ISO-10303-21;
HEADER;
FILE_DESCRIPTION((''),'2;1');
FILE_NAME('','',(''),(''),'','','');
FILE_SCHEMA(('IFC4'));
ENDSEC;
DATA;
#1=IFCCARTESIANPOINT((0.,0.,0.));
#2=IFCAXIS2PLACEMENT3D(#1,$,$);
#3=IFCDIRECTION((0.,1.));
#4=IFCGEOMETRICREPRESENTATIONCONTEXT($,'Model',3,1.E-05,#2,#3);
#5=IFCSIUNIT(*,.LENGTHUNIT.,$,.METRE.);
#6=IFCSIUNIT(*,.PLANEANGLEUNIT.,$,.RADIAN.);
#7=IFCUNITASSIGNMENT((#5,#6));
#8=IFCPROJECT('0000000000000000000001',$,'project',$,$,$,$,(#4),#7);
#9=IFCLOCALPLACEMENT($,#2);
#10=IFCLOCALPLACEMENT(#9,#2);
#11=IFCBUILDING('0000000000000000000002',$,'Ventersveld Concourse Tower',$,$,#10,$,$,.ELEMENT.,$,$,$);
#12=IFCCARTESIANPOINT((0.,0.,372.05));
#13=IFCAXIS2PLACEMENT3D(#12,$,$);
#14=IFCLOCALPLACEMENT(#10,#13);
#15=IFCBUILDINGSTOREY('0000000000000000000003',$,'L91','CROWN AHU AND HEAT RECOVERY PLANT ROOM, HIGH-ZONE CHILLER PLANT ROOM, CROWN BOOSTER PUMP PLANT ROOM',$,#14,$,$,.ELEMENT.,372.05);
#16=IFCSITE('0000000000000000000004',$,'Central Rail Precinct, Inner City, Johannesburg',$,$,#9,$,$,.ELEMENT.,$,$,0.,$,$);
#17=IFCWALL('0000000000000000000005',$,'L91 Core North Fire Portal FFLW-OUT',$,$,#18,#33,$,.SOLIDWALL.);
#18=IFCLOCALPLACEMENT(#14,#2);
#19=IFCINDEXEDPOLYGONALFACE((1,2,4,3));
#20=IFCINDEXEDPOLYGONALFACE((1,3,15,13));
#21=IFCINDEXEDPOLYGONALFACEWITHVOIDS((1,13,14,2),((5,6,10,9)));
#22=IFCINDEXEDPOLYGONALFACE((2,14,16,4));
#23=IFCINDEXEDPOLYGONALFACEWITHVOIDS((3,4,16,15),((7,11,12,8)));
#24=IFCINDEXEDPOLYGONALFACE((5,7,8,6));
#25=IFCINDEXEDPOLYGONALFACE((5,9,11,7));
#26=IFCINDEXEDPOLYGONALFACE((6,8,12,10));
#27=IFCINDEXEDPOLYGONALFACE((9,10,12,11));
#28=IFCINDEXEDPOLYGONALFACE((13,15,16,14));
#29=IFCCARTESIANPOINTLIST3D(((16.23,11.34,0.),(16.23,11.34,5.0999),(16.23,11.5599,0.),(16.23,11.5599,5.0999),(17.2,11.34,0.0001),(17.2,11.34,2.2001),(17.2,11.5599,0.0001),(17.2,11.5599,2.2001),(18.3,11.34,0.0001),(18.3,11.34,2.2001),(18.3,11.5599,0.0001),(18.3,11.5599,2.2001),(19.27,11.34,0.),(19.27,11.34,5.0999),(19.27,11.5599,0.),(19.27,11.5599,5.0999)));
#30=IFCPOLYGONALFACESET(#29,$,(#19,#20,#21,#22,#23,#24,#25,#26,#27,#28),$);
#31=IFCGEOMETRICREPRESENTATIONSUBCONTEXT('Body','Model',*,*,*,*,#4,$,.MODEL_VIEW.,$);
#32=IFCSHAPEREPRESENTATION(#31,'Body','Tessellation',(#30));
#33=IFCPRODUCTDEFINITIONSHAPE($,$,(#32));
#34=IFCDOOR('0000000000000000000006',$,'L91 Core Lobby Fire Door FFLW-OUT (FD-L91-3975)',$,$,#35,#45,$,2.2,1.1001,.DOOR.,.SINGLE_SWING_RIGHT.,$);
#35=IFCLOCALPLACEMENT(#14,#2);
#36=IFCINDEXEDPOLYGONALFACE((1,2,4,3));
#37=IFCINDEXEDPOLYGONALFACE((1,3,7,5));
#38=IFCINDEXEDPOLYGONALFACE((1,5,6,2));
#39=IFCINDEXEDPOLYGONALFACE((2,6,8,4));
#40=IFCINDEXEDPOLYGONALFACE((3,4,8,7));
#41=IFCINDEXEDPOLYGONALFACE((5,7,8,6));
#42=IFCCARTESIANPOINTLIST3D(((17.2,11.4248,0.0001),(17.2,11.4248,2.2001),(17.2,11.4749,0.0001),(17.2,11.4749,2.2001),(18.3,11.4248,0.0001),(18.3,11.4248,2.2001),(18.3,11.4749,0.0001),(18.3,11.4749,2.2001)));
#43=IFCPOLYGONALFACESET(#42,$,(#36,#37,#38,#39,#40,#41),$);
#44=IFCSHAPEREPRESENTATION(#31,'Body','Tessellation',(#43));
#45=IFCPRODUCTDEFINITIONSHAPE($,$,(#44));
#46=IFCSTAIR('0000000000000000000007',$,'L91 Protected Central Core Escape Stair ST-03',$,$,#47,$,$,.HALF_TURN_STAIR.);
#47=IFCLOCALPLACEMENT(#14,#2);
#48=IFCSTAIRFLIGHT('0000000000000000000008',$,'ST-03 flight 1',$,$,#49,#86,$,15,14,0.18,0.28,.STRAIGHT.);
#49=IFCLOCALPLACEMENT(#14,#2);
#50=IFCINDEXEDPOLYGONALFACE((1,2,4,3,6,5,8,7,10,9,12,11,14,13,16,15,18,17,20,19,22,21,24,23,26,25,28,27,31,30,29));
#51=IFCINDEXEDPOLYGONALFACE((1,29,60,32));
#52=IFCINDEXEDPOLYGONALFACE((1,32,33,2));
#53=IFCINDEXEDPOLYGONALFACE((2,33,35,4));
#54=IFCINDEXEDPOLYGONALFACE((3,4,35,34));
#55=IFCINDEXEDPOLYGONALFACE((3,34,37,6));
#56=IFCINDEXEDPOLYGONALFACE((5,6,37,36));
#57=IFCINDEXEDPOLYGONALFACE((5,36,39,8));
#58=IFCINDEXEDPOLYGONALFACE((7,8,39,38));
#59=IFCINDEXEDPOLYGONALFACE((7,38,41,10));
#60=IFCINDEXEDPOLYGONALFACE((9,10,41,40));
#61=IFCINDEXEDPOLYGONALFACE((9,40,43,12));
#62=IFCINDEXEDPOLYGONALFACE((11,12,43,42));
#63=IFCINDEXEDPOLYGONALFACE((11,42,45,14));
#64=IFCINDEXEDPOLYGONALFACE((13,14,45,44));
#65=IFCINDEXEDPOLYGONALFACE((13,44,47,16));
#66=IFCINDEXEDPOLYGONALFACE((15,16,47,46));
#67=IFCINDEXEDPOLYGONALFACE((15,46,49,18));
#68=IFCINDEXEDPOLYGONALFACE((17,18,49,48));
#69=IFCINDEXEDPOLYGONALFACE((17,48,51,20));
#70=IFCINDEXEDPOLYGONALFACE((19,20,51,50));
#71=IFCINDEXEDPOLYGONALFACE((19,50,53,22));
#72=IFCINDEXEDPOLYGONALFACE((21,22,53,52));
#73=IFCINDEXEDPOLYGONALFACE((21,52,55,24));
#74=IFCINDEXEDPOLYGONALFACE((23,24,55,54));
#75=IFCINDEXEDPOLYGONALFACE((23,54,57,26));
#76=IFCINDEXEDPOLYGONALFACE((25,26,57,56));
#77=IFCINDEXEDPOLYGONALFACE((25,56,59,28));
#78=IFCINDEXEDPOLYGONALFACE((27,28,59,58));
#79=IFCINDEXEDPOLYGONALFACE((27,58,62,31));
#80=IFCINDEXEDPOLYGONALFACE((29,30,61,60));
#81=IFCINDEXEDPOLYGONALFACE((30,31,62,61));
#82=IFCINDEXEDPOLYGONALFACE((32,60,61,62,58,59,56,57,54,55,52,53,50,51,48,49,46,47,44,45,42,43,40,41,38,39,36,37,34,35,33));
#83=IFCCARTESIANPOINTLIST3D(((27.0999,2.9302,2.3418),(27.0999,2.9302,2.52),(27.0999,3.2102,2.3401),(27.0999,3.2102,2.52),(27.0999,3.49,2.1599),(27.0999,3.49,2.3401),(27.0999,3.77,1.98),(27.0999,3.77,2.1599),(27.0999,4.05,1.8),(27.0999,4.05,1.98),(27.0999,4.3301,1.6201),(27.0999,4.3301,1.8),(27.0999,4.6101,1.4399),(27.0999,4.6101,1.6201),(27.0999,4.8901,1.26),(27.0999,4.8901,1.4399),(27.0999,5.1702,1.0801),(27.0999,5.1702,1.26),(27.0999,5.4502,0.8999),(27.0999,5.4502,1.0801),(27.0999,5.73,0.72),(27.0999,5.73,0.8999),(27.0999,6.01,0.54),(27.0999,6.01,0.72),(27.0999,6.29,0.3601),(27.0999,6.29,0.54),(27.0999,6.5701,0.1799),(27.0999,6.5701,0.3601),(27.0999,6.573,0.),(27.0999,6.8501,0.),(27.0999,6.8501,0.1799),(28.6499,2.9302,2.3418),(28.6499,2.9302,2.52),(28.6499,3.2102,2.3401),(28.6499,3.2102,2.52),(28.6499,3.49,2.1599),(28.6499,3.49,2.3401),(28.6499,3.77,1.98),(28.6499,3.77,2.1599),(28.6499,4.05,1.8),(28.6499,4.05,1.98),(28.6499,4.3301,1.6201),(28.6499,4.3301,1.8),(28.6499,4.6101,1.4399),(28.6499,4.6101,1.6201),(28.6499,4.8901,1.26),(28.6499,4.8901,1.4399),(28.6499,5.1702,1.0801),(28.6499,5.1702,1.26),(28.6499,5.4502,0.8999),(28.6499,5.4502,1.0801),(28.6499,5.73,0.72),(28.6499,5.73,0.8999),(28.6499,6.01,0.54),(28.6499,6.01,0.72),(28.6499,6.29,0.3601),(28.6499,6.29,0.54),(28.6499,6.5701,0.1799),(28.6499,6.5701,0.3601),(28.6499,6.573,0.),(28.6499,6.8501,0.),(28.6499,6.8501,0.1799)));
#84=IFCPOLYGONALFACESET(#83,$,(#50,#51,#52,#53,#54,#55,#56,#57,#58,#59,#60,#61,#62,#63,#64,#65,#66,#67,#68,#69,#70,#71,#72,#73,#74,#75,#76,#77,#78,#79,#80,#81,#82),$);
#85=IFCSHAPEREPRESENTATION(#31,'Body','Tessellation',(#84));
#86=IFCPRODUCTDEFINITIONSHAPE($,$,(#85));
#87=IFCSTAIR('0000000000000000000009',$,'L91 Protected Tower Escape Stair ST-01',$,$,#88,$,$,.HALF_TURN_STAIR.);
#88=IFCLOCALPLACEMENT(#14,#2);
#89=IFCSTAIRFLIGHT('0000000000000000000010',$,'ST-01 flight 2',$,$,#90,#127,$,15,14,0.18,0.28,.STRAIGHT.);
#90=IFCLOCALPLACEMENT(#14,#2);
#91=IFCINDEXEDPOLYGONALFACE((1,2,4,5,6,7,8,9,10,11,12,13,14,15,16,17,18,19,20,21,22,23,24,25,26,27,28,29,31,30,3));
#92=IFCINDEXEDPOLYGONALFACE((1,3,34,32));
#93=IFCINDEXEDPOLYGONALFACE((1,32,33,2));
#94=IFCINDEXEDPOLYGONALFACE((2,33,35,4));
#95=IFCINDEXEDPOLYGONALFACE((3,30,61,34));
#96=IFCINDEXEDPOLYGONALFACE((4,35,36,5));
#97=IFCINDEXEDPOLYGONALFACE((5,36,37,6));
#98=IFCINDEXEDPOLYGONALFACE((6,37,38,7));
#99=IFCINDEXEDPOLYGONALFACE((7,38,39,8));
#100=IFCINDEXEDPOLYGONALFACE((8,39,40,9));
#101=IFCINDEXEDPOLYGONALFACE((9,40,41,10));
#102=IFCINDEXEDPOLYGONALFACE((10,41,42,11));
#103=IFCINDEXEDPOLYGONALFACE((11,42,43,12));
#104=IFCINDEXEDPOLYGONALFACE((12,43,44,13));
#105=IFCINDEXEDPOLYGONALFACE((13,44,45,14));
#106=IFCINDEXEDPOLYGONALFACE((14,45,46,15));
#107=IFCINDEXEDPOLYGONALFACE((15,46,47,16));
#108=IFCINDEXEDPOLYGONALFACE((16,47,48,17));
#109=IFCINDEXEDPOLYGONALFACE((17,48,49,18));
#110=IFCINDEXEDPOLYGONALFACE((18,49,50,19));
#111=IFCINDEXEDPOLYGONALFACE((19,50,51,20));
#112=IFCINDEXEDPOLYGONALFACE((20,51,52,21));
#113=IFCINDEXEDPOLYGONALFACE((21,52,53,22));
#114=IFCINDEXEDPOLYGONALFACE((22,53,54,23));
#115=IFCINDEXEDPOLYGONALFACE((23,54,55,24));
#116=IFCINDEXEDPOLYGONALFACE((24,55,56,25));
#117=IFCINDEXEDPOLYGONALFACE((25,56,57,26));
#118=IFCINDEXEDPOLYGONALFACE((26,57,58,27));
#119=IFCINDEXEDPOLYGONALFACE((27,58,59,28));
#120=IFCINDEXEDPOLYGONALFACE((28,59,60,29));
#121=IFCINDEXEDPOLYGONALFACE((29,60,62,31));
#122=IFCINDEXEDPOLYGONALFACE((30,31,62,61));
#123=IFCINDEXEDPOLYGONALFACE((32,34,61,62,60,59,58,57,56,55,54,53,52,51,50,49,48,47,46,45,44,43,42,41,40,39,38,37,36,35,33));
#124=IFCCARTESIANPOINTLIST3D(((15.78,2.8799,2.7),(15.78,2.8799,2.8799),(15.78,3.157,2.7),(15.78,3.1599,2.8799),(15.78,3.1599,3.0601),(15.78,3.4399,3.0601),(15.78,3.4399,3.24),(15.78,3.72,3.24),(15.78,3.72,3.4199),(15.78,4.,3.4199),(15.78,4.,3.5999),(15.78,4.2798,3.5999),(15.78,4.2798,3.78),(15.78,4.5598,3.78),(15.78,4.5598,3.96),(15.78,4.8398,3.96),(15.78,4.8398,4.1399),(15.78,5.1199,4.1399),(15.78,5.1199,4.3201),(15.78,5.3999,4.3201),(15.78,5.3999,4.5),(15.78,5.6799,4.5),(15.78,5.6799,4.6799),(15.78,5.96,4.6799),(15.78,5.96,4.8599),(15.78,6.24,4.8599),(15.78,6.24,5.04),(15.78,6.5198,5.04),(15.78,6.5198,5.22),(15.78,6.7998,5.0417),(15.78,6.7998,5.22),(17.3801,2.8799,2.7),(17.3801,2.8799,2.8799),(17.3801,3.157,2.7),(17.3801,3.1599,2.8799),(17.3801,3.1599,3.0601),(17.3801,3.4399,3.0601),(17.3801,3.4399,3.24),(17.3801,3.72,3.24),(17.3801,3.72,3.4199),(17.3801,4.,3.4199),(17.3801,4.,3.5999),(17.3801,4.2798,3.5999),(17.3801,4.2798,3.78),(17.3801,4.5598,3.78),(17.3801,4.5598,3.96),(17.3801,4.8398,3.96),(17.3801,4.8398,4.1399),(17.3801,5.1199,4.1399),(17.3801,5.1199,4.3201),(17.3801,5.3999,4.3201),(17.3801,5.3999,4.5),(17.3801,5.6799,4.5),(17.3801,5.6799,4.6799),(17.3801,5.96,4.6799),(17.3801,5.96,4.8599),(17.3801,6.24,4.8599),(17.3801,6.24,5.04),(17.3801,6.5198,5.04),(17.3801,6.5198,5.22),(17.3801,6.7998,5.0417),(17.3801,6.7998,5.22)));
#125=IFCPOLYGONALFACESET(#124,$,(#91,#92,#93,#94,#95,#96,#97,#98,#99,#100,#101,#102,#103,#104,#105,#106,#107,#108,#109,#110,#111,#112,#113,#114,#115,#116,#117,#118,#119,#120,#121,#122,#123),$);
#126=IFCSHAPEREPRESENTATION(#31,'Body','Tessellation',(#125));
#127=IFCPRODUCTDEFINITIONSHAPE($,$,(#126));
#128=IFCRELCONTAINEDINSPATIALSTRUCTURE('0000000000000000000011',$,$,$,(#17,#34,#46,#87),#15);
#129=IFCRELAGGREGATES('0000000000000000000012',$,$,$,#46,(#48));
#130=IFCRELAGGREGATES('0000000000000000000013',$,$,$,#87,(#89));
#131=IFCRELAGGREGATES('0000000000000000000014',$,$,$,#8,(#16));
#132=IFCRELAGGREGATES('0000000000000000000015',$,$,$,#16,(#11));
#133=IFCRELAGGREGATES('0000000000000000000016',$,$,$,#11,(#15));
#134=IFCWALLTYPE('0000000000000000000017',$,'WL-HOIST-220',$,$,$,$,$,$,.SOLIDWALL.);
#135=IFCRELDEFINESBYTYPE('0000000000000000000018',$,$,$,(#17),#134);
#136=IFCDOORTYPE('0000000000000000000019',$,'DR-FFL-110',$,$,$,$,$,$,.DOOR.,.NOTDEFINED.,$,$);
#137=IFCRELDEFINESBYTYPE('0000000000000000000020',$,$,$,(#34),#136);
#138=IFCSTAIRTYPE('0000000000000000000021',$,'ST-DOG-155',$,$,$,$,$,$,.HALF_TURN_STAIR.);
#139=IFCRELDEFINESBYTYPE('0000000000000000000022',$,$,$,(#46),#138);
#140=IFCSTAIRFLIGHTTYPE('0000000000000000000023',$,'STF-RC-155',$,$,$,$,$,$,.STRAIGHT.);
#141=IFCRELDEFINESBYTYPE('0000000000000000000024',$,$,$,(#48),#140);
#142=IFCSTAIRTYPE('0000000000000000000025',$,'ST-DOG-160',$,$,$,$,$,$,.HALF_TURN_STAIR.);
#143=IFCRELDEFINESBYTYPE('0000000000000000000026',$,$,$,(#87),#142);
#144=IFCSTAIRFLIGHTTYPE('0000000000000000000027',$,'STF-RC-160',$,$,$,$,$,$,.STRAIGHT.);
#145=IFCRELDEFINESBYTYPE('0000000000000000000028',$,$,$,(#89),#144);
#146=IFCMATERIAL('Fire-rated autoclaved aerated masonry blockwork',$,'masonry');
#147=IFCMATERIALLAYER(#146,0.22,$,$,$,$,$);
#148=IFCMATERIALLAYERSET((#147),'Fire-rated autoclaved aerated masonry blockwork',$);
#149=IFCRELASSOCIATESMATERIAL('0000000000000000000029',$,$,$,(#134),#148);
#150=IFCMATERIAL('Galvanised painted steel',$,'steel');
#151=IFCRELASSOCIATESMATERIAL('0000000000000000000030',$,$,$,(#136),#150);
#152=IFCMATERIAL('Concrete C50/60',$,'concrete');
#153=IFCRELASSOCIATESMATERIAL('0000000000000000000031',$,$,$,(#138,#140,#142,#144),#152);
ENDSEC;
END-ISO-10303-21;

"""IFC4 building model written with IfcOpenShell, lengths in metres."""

from ifc_helpers import new_model, si_unit, direction, frame, frame_2d, origin, place, context, subcontext, project, spatial, polyline, rectangle, outline, extrude, material, layer, layer_set, type_object, element, fill, aggregate, save


model = new_model("IFC4")

# Units and contexts
model_context = context("Model", 3, precision=1e-05, world=origin(), true_north=direction((0.0, 1.0)))
body_context = subcontext(model_context, "Body", "Model", "MODEL_VIEW")
ifc_project = project(units=[si_unit("LENGTHUNIT", "METRE"), si_unit("PLANEANGLEUNIT", "RADIAN")], contexts=[model_context])

# Site, building, storey
site_placement = place(None, origin())
site = spatial("IfcSite", under=ifc_project, at=site_placement, Name="Central Rail Precinct, Inner City, Johannesburg", CompositionType="ELEMENT", RefElevation=0.0)
building_placement = place(site_placement, origin())
building = spatial("IfcBuilding", under=site, at=building_placement, Name="Ventersveld Concourse Tower", CompositionType="ELEMENT")
storey_placement = place(building_placement, frame((0.0, 0.0, 372.05)))
storey = spatial("IfcBuildingStorey", under=building, at=storey_placement, Name="L91", Description="CROWN AHU AND HEAT RECOVERY PLANT ROOM, HIGH-ZONE CHILLER PLANT ROOM, CROWN BOOSTER PUMP PLANT ROOM", CompositionType="ELEMENT", Elevation=372.05)

# Shared definitions
ifc_material_1 = material(Name="Concrete C50/60", Category="concrete")

# Shared definitions
ifc_material_2 = material(Name="Fire-rated autoclaved aerated masonry blockwork", Category="masonry")
ifc_layer_1 = layer(ifc_material_2, 0.22)
ifc_layer_set_1 = layer_set([ifc_layer_1], Name="Fire-rated autoclaved aerated masonry blockwork")
wall_type_1 = type_object("IfcWallType", Name="WL-HOIST-220", PredefinedType="SOLIDWALL", material=ifc_layer_set_1)

# Wall, opening, door
ifc_material_3 = material(Name="Galvanised painted steel", Category="steel")
door_type_1 = type_object("IfcDoorType", Name="DR-FFL-110", OperationType="NOTDEFINED", PredefinedType="DOOR", material=ifc_material_3)
wall_1_placement = place(storey_placement, frame((16.23, 11.45, 0.0), z_axis=(0.0, 0.0, 1.0), x_axis=(1.0, 0.0, 0.0)))
wall_1 = element("IfcWall", 1, at=wall_1_placement, inside=storey, type_object=wall_type_1, Name="L91 Core North Fire Portal FFLW-OUT", PredefinedType="SOLIDWALL", context=body_context, shape_type="SweptSolid", body=[
    extrude(rectangle(XDim=3.04, YDim=0.22, at=frame_2d((1.52, 0.0))), origin(), (0.0, 0.0, 1.0), 5.0999),
])
opening_1_placement = place(wall_1_placement, frame((0.97, 0.0, 0.0)))
opening_1 = element("IfcOpeningElement", 2, at=opening_1_placement, cuts=wall_1, PredefinedType="OPENING", context=body_context, shape_type="SweptSolid", body=[
    extrude(rectangle(XDim=1.1001, YDim=2.2, at=frame_2d((0.55, 1.1001))), frame((0.0, 0.1201, 0.0), z_axis=(0.0, -1.0, 0.0), x_axis=(1.0, 0.0, 0.0)), (0.0, 0.0, 1.0), 0.24),
])
door_1_placement = place(opening_1_placement, origin())
door_1 = element("IfcDoor", 3, at=door_1_placement, inside=storey, type_object=door_type_1, Name="L91 Core Lobby Fire Door FFLW-OUT (FD-L91-3975)", OperationType="SINGLE_SWING_RIGHT", OverallHeight=2.2, OverallWidth=1.1001, PredefinedType="DOOR", context=body_context, shape_type="SweptSolid", body=[
    extrude(rectangle(XDim=1.1001, YDim=2.2, at=frame_2d((0.55, 1.1001))), frame((0.0, 0.0249, 0.0), z_axis=(0.0, -1.0, 0.0), x_axis=(1.0, 0.0, 0.0)), (0.0, 0.0, 1.0), 0.05),
])
fill(opening_1, door_1)

# Stairs, stair flights
stair_type_1 = type_object("IfcStairType", Name="ST-DOG-155", PredefinedType="HALF_TURN_STAIR", material=ifc_material_1)
stair_1_placement = place(storey_placement, origin())
stair_1 = element("IfcStair", 4, at=stair_1_placement, inside=storey, type_object=stair_type_1, Name="L91 Protected Central Core Escape Stair ST-03", PredefinedType="HALF_TURN_STAIR")
stair_flight_type_1 = type_object("IfcStairFlightType", Name="STF-RC-155", PredefinedType="STRAIGHT", material=ifc_material_1)
stair_flight_1_placement = place(storey_placement, frame((27.875, 6.8501, 0.0), z_axis=(0.0, 0.0, 1.0), x_axis=(0.0, -1.0, 0.0)))
stair_flight_1 = element("IfcStairFlight", 5, at=stair_flight_1_placement, type_object=stair_flight_type_1, Name="ST-03 flight 1", NumberOfRisers=15, NumberOfTreads=14, PredefinedType="STRAIGHT", RiserHeight=0.18, TreadLength=0.28, context=body_context, shape_type="SweptSolid", body=[
    extrude(outline(polyline([(0.0, 0.0), (0.0, 0.1799), (0.28, 0.1799), (0.28, 0.3601), (0.5601, 0.3601), (0.5601, 0.54), (0.8401, 0.54), (0.8401, 0.72), (1.1201, 0.72), (1.1201, 0.8999), (1.3999, 0.8999), (1.3999, 1.0801), (1.6799, 1.0801), (1.6799, 1.26), (1.96, 1.26), (1.96, 1.4399), (2.24, 1.4399), (2.24, 1.6201), (2.52, 1.6201), (2.52, 1.8), (2.8, 1.8), (2.8, 1.98), (3.0801, 1.98), (3.0801, 2.1599), (3.3601, 2.1599), (3.3601, 2.3401), (3.6399, 2.3401), (3.6399, 2.52), (3.9199, 2.52), (3.9199, 2.7), (3.9199, 2.3418), (0.2771, 0.0), (0.0, 0.0)])), frame((0.0, 0.7749, 0.0), z_axis=(0.0, -1.0, 0.0), x_axis=(1.0, 0.0, 0.0)), (0.0, 0.0, 1.0), 1.55),
])
aggregate(stair_1, [stair_flight_1])
stair_type_2 = type_object("IfcStairType", Name="ST-DOG-160", PredefinedType="HALF_TURN_STAIR", material=ifc_material_1)
stair_2_placement = place(storey_placement, origin())
stair_2 = element("IfcStair", 6, at=stair_2_placement, inside=storey, type_object=stair_type_2, Name="L91 Protected Tower Escape Stair ST-01", PredefinedType="HALF_TURN_STAIR")
stair_flight_type_2 = type_object("IfcStairFlightType", Name="STF-RC-160", PredefinedType="STRAIGHT", material=ifc_material_1)
stair_flight_2_placement = place(storey_placement, frame((16.5801, 2.8799, 2.7), z_axis=(0.0, 0.0, 1.0), x_axis=(0.0, 1.0, 0.0)))
stair_flight_2 = element("IfcStairFlight", 7, at=stair_flight_2_placement, type_object=stair_flight_type_2, Name="ST-01 flight 2", NumberOfRisers=15, NumberOfTreads=14, PredefinedType="STRAIGHT", RiserHeight=0.18, TreadLength=0.28, context=body_context, shape_type="SweptSolid", body=[
    extrude(outline(polyline([(0.0, 0.0), (0.0, 0.1799), (0.28, 0.1799), (0.28, 0.3601), (0.5601, 0.3601), (0.5601, 0.54), (0.8401, 0.54), (0.8401, 0.72), (1.1201, 0.72), (1.1201, 0.8999), (1.3999, 0.8999), (1.3999, 1.0801), (1.6799, 1.0801), (1.6799, 1.26), (1.96, 1.26), (1.96, 1.4399), (2.24, 1.4399), (2.24, 1.6201), (2.52, 1.6201), (2.52, 1.8), (2.8, 1.8), (2.8, 1.98), (3.0801, 1.98), (3.0801, 2.1599), (3.3601, 2.1599), (3.3601, 2.3401), (3.6399, 2.3401), (3.6399, 2.52), (3.9199, 2.52), (3.9199, 2.7), (3.9199, 2.3418), (0.2771, 0.0), (0.0, 0.0)])), frame((0.0, 0.8, 0.0), z_axis=(0.0, -1.0, 0.0), x_axis=(1.0, 0.0, 0.0)), (0.0, 0.0, 1.0), 1.6001),
])
aggregate(stair_2, [stair_flight_2])

save(model, "model.ifc")
